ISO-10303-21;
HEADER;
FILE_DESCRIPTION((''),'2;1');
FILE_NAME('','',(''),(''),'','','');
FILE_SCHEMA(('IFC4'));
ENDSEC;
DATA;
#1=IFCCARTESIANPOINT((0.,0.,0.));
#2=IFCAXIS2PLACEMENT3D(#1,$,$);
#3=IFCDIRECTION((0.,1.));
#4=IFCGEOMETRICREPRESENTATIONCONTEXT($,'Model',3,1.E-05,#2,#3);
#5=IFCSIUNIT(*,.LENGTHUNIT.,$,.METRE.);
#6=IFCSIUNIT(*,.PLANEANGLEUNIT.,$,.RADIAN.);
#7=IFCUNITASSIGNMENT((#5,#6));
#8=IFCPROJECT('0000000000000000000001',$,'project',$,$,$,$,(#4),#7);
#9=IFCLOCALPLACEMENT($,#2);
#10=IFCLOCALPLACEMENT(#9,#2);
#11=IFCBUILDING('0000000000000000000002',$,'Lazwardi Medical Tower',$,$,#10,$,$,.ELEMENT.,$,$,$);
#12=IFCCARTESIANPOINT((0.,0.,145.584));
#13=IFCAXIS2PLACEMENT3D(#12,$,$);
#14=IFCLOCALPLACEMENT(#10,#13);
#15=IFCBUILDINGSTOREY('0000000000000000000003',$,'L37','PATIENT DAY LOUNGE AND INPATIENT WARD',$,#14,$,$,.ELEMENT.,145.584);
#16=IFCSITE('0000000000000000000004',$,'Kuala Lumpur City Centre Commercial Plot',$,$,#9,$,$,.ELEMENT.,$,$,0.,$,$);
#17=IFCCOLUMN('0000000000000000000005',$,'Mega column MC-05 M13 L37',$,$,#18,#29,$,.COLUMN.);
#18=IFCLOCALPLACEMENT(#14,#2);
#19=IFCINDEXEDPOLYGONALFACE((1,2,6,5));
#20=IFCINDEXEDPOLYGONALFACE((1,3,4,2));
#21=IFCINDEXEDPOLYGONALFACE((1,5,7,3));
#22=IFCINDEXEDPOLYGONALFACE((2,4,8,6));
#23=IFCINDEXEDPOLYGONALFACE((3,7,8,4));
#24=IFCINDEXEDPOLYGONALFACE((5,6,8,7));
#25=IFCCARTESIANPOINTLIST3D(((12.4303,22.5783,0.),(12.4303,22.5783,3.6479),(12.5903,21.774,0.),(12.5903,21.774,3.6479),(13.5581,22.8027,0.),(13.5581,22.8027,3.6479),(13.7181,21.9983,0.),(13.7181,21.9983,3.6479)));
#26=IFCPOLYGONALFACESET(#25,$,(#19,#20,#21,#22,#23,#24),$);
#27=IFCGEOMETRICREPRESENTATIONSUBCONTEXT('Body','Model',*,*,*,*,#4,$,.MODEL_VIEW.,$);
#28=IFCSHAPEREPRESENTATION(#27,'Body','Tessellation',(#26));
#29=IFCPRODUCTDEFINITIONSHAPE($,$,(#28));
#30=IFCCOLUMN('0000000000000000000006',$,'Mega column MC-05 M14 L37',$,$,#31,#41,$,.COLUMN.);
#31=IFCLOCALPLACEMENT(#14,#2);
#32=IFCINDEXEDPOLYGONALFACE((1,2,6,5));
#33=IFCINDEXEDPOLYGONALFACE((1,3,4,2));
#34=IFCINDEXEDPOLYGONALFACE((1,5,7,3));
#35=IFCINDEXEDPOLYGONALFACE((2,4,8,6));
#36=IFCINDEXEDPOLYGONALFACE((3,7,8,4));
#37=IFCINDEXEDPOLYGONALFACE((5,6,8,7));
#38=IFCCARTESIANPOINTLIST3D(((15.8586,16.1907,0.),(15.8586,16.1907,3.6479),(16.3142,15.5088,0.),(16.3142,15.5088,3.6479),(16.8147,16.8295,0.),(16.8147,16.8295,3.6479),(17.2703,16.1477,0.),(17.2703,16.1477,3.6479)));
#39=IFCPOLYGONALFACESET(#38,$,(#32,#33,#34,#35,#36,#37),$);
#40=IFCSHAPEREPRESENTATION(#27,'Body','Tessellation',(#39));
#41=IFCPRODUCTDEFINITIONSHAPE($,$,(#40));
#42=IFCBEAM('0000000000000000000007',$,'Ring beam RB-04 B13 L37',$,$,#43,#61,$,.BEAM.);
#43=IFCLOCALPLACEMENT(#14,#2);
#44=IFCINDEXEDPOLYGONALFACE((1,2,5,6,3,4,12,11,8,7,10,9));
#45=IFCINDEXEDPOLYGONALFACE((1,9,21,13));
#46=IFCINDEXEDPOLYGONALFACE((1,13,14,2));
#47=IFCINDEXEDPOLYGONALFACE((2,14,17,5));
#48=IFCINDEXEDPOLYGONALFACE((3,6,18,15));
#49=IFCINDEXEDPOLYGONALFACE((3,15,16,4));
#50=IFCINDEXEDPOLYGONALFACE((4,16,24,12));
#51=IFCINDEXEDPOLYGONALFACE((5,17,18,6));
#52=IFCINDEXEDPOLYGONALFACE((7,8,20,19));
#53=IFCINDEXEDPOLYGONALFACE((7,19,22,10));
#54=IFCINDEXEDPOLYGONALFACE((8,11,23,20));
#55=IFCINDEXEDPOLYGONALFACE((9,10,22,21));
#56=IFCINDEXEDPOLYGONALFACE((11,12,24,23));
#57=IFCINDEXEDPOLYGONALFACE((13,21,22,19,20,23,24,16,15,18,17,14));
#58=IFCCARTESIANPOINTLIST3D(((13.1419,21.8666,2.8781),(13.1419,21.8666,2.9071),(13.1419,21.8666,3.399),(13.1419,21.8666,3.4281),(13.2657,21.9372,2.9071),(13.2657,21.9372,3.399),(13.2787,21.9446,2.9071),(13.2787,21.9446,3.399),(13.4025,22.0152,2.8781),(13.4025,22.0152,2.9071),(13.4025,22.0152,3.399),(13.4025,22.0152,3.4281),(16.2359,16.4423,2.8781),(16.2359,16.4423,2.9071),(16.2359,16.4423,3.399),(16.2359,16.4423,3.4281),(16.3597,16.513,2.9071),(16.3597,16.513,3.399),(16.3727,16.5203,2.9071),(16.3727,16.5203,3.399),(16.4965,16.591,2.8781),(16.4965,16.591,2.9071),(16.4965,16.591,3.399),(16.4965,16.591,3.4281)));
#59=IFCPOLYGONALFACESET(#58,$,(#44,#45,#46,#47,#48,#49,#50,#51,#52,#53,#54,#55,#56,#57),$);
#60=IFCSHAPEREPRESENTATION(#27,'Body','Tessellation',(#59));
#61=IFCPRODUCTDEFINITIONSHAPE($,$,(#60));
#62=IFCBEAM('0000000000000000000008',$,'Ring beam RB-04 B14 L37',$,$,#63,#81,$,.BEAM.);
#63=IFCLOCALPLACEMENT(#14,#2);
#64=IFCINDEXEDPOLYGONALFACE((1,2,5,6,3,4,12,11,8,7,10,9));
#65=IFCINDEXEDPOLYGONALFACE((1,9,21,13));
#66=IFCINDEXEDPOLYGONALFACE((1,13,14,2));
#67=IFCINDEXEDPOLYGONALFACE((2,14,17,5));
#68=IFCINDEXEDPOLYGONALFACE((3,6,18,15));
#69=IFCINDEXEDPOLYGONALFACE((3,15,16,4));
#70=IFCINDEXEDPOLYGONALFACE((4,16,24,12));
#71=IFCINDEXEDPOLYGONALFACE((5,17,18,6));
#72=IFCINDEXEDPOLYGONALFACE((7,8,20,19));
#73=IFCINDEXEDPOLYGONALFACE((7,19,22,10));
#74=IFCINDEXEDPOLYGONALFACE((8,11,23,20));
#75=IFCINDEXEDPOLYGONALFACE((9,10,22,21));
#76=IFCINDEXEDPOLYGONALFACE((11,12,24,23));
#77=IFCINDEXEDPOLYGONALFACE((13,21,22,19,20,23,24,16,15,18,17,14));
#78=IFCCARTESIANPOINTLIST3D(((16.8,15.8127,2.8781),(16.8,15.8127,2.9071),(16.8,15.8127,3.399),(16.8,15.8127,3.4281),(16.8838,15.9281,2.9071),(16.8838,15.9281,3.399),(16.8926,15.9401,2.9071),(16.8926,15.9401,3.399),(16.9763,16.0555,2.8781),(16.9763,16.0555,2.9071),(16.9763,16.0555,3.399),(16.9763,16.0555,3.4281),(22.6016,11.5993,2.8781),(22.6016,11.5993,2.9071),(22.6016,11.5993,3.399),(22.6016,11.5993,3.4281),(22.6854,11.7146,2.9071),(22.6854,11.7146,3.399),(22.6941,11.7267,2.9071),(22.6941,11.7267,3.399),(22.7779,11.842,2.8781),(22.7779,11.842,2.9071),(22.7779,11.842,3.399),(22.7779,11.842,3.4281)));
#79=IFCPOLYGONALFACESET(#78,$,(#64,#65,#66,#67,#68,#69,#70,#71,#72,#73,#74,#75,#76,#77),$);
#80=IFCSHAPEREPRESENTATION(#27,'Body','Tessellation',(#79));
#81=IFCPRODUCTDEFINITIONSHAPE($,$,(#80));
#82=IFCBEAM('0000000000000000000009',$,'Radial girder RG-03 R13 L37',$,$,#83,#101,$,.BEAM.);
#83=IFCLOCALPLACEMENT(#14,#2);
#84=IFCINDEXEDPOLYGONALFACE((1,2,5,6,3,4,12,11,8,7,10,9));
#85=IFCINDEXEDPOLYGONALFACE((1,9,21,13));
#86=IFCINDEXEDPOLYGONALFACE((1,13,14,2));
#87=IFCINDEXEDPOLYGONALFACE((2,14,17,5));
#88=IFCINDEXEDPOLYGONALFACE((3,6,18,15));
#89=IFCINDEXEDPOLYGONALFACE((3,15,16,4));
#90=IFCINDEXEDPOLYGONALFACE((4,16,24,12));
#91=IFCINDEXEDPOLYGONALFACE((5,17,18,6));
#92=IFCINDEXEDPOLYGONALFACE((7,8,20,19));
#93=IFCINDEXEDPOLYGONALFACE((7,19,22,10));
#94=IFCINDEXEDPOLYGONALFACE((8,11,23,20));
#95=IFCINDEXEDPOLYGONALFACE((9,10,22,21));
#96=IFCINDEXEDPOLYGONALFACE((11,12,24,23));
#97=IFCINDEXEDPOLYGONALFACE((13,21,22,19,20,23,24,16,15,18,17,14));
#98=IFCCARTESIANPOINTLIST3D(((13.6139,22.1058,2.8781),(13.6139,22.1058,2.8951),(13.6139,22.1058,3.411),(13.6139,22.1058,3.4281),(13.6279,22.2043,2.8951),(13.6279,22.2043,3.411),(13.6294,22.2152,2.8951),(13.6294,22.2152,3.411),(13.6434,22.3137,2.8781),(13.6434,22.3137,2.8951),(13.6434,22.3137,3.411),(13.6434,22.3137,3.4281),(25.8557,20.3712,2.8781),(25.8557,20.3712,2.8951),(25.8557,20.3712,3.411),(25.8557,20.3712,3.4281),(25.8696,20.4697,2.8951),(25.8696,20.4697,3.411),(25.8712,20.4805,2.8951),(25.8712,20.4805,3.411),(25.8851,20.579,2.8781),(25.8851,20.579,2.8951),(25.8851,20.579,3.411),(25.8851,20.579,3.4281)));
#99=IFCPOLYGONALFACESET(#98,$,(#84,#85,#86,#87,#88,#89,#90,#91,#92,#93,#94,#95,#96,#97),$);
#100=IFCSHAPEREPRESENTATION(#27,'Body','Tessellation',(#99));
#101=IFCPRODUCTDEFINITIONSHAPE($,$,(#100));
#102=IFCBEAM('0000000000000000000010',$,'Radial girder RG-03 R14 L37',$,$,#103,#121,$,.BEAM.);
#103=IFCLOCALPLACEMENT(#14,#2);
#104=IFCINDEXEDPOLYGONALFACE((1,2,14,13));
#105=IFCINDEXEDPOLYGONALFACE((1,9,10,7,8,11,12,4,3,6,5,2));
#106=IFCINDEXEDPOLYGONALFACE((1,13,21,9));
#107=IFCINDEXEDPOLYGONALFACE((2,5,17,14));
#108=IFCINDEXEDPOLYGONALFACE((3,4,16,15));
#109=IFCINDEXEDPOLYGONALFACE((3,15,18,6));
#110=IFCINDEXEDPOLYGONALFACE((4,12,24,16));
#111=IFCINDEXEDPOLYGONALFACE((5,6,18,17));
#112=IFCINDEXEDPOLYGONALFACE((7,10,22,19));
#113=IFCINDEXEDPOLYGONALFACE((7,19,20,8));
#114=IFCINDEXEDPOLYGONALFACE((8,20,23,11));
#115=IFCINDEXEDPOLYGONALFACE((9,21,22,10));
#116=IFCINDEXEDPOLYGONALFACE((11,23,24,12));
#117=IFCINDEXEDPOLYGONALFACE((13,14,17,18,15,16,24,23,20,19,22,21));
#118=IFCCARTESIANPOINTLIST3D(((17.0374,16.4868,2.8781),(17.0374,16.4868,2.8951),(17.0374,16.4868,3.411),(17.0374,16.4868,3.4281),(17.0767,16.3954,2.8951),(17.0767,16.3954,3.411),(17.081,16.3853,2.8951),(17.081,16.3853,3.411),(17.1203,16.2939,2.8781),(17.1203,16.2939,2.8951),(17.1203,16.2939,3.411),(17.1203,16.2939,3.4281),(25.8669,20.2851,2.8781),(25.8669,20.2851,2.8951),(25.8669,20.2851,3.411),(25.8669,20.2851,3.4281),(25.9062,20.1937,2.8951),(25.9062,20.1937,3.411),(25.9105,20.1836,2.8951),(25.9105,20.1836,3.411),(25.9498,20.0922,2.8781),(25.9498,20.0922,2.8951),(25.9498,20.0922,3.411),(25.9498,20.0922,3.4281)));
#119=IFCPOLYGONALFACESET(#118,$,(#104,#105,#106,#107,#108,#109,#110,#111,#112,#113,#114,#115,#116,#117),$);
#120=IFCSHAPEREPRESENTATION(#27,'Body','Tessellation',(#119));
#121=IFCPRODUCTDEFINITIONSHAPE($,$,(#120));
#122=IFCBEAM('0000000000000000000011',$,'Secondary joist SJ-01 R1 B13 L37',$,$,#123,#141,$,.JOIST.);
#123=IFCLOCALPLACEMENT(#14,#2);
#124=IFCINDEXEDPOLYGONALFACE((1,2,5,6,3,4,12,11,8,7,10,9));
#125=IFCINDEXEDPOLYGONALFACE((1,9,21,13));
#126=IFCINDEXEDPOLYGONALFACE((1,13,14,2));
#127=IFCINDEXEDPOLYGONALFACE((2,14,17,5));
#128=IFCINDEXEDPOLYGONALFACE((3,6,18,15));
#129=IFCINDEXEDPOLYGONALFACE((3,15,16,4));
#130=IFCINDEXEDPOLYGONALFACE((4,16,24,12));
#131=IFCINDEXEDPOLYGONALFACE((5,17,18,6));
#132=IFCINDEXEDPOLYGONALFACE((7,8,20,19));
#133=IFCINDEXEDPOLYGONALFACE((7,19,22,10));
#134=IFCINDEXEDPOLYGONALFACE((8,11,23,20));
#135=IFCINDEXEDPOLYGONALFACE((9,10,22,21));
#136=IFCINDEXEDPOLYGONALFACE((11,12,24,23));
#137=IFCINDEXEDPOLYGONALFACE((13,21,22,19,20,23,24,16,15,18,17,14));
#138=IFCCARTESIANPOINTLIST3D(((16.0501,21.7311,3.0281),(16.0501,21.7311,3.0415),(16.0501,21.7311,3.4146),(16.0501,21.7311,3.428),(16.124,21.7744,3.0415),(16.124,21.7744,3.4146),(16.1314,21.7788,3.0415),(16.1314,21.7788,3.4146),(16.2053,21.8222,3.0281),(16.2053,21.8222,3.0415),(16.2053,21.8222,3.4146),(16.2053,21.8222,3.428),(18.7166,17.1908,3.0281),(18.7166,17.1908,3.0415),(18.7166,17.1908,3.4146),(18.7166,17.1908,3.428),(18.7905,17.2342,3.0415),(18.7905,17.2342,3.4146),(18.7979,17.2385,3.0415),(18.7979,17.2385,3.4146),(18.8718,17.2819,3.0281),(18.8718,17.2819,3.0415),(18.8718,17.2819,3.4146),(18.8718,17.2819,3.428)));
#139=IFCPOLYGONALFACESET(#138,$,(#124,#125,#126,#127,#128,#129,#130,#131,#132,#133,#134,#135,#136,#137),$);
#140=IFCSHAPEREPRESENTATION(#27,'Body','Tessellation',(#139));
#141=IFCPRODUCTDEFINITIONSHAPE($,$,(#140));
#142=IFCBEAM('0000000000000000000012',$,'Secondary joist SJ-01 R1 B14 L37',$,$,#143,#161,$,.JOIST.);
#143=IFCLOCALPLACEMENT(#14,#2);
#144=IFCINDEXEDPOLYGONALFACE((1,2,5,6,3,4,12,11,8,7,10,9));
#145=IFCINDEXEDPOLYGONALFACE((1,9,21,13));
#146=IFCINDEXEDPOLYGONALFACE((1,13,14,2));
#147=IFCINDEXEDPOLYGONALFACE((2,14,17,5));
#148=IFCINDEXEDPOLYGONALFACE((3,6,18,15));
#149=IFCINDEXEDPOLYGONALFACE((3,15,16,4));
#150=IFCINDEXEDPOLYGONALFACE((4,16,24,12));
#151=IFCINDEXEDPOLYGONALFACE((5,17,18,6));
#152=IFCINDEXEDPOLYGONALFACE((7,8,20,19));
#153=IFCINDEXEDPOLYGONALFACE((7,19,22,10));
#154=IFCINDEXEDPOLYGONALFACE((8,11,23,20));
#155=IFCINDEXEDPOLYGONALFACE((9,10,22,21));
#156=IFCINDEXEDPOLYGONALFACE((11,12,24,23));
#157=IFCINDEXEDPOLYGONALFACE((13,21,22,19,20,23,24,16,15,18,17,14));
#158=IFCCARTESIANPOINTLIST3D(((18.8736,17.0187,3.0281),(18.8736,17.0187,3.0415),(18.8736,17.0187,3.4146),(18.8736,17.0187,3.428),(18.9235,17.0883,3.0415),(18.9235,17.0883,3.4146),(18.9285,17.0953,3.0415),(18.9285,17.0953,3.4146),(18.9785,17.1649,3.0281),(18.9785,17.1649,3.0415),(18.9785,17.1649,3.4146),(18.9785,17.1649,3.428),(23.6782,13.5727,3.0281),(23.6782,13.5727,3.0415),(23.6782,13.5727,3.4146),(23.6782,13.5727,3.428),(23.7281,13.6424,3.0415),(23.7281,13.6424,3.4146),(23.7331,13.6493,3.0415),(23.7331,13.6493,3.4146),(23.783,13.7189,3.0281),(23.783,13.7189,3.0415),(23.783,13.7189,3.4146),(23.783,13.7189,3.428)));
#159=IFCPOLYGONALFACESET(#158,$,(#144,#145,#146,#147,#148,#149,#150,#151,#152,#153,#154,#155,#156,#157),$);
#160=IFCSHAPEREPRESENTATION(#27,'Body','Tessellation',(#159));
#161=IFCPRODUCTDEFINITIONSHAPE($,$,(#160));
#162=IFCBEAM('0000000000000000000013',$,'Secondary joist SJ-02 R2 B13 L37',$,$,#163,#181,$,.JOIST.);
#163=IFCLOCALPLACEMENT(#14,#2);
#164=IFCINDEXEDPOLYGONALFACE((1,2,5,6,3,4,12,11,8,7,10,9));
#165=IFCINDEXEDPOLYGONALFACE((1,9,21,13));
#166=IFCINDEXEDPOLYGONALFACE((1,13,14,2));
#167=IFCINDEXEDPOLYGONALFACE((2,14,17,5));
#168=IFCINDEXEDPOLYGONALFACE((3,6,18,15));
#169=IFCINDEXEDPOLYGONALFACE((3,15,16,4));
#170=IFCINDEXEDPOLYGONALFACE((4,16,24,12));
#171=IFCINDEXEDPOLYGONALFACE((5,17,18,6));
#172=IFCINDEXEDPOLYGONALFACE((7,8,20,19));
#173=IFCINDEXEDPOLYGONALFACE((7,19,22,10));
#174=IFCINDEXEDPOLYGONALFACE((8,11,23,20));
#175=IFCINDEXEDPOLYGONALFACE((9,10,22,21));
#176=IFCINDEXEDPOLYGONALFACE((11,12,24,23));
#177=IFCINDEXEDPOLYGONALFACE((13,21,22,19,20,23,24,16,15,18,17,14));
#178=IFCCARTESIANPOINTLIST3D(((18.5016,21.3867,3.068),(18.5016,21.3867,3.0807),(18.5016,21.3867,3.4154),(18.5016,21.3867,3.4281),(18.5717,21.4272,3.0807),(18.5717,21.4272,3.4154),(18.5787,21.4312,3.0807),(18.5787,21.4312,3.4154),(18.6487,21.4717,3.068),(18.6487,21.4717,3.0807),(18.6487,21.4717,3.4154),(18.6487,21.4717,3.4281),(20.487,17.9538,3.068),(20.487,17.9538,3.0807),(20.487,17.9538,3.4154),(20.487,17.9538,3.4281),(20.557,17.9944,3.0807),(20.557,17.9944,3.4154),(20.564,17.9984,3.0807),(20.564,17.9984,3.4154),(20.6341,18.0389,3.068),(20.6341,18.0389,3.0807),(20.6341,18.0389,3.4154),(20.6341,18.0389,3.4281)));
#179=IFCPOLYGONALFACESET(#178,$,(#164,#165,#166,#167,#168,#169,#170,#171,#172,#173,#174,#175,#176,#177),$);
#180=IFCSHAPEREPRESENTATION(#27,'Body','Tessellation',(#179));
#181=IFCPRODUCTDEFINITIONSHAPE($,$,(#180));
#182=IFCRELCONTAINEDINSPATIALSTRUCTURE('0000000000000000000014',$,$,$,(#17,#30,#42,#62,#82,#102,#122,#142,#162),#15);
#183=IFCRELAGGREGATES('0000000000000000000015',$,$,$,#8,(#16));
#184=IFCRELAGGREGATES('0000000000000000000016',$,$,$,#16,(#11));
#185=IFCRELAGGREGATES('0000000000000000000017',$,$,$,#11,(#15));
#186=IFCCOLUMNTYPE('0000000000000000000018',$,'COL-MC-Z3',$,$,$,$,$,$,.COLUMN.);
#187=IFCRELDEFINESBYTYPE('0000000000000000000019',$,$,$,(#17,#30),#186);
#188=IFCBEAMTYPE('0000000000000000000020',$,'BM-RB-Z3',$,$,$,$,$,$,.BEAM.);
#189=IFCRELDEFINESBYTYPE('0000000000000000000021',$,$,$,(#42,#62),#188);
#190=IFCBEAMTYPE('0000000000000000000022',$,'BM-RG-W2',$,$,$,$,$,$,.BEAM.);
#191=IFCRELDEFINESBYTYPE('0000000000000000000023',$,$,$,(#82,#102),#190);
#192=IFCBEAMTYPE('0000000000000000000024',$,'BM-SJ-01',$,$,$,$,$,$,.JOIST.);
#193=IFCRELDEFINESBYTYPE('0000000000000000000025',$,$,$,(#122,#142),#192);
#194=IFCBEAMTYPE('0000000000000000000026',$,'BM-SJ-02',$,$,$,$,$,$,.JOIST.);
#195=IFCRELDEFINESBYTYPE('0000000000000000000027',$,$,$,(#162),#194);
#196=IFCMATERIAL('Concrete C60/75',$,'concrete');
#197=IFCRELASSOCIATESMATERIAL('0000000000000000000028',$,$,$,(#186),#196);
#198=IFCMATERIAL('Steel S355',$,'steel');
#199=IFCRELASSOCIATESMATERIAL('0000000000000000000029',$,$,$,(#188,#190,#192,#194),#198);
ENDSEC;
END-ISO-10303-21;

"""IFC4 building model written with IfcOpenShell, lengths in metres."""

from ifc_helpers import new_model, si_unit, direction, frame, origin, origin_2d, place, context, subcontext, project, spatial, rectangle, i_section, extrude, material, material_profile, profile_set, type_object, element, save


model = new_model("IFC4")

# Units and contexts
model_context = context("Model", 3, precision=1e-05, world=origin(), true_north=direction((0.0, 1.0)))
body_context = subcontext(model_context, "Body", "Model", "MODEL_VIEW")
ifc_project = project(units=[si_unit("LENGTHUNIT", "METRE"), si_unit("PLANEANGLEUNIT", "RADIAN")], contexts=[model_context])

# Site, building, storey
site_placement = place(None, origin())
site = spatial("IfcSite", under=ifc_project, at=site_placement, Name="Kuala Lumpur City Centre Commercial Plot", CompositionType="ELEMENT", RefElevation=0.0)
building_placement = place(site_placement, origin())
building = spatial("IfcBuilding", under=site, at=building_placement, Name="Lazwardi Medical Tower", CompositionType="ELEMENT")
storey_placement = place(building_placement, frame((0.0, 0.0, 145.584)))
storey = spatial("IfcBuildingStorey", under=building, at=storey_placement, Name="L37", Description="PATIENT DAY LOUNGE AND INPATIENT WARD", CompositionType="ELEMENT", Elevation=145.584)

# Columns
ifc_material_1 = material(Name="Concrete C60/75", Category="concrete")
ifc_material_profile_1 = material_profile(ifc_material_1, rectangle(XDim=1.1499, YDim=0.8201, at=origin_2d()), Name="CFT-RECT 1150x820")
ifc_profile_set_1 = profile_set([ifc_material_profile_1], Name="Concrete C60/75")
column_type = type_object("IfcColumnType", Name="COL-MC-Z3", PredefinedType="COLUMN", material=ifc_profile_set_1)
for number, where, z_axis, x_axis, name in (
    (1, (13.0742, 22.2883, 0.0), (0.0, 0.0, 1.0), (-0.980785, -0.19509, 0.0), "Mega column MC-05 M13 L37"),
    (2, (16.5645, 16.1692, 0.0), (0.0, 0.0, 1.0), (-0.83147, -0.55557, 0.0), "Mega column MC-05 M14 L37"),
):
    element("IfcColumn", number, at=place(storey_placement, frame(where, z_axis=z_axis, x_axis=x_axis)), inside=storey, type_object=column_type, Name=name, PredefinedType="COLUMN", context=body_context, shape_type="SweptSolid", body=[
        extrude(rectangle(XDim=1.1499, YDim=0.8201, at=origin_2d()), origin(), (0.0, 0.0, 1.0), 3.6479),
    ])

# Beams
ifc_material_2 = material(Name="Steel S355", Category="steel")
ifc_material_profile_2 = material_profile(ifc_material_2, i_section(OverallWidth=0.3, OverallDepth=0.55, WebThickness=0.0149, FlangeThickness=0.0291, at=origin_2d()), Name="HEB 550")
ifc_profile_set_2 = profile_set([ifc_material_profile_2], Name="Steel S355")
beam_type_1 = type_object("IfcBeamType", Name="BM-RB-Z3", PredefinedType="BEAM", material=ifc_profile_set_2)
beam_1_placement = place(storey_placement, frame((13.2722, 21.9409, 3.1531), z_axis=(0.495461, -0.86863, 0.0), x_axis=(0.86863, 0.495461, 0.0)))
element("IfcBeam", 3, at=beam_1_placement, inside=storey, type_object=beam_type_1, Name="Ring beam RB-04 B13 L37", PredefinedType="BEAM", context=body_context, shape_type="SweptSolid", body=[
    extrude(i_section(OverallWidth=0.3, OverallDepth=0.55, WebThickness=0.0149, FlangeThickness=0.0291, at=origin_2d()), origin(), (0.0, 0.0, 1.0), 6.2446),
])
beam_2_placement = place(storey_placement, frame((16.8882, 15.9341, 3.1531), z_axis=(0.809128, -0.587633, 0.0), x_axis=(0.587633, 0.809128, 0.0)))
element("IfcBeam", 4, at=beam_2_placement, inside=storey, type_object=beam_type_1, Name="Ring beam RB-04 B14 L37", PredefinedType="BEAM", context=body_context, shape_type="SweptSolid", body=[
    extrude(i_section(OverallWidth=0.3, OverallDepth=0.55, WebThickness=0.0149, FlangeThickness=0.0291, at=origin_2d()), origin(), (0.0, 0.0, 1.0), 7.1702),
])
ifc_material_profile_3 = material_profile(ifc_material_2, i_section(OverallWidth=0.21, OverallDepth=0.55, WebThickness=0.011, FlangeThickness=0.0171, at=origin_2d()), Name="IPE 550")
ifc_profile_set_3 = profile_set([ifc_material_profile_3], Name="Steel S355")
beam_type_2 = type_object("IfcBeamType", Name="BM-RG-W2", PredefinedType="BEAM", material=ifc_profile_set_3)
beam_3_placement = place(storey_placement, frame((13.6287, 22.2097, 3.1531), z_axis=(0.99011, -0.140296, 0.0), x_axis=(0.140296, 0.99011, 0.0)))
element("IfcBeam", 5, at=beam_3_placement, inside=storey, type_object=beam_type_2, Name="Radial girder RG-03 R13 L37", PredefinedType="BEAM", context=body_context, shape_type="SweptSolid", body=[
    extrude(i_section(OverallWidth=0.21, OverallDepth=0.55, WebThickness=0.011, FlangeThickness=0.0171, at=origin_2d()), origin(), (0.0, 0.0, 1.0), 12.364),
])
beam_4_placement = place(storey_placement, frame((17.0789, 16.3904, 3.1531), z_axis=(0.918608, 0.39517, 0.0), x_axis=(-0.39517, 0.918608, 0.0)))
element("IfcBeam", 6, at=beam_4_placement, inside=storey, type_object=beam_type_2, Name="Radial girder RG-03 R14 L37", PredefinedType="BEAM", context=body_context, shape_type="SweptSolid", body=[
    extrude(i_section(OverallWidth=0.21, OverallDepth=0.55, WebThickness=0.011, FlangeThickness=0.0171, at=origin_2d()), origin(), (0.0, 0.0, 1.0), 9.6118),
])
ifc_material_profile_4 = material_profile(ifc_material_2, i_section(OverallWidth=0.1799, OverallDepth=0.3999, WebThickness=0.0085, FlangeThickness=0.0134, at=origin_2d()), Name="IPE 400")
ifc_profile_set_4 = profile_set([ifc_material_profile_4], Name="Steel S355")
beam_type_3 = type_object("IfcBeamType", Name="BM-SJ-01", PredefinedType="JOIST", material=ifc_profile_set_4)
beam_5_placement = place(storey_placement, frame((16.1277, 21.7766, 3.228), z_axis=(0.50642, -0.862287, 0.0), x_axis=(0.862287, 0.50642, 0.0)))
element("IfcBeam", 7, at=beam_5_placement, inside=storey, type_object=beam_type_3, Name="Secondary joist SJ-01 R1 B13 L37", PredefinedType="JOIST", context=body_context, shape_type="SweptSolid", body=[
    extrude(i_section(OverallWidth=0.1799, OverallDepth=0.3999, WebThickness=0.0085, FlangeThickness=0.0134, at=origin_2d()), origin(), (0.0, 0.0, 1.0), 5.2654),
])
beam_6_placement = place(storey_placement, frame((18.926, 17.0918, 3.228), z_axis=(0.812602, -0.582819, 0.0), x_axis=(0.582819, 0.812602, 0.0)))
element("IfcBeam", 8, at=beam_6_placement, inside=storey, type_object=beam_type_3, Name="Secondary joist SJ-01 R1 B14 L37", PredefinedType="JOIST", context=body_context, shape_type="SweptSolid", body=[
    extrude(i_section(OverallWidth=0.1799, OverallDepth=0.3999, WebThickness=0.0085, FlangeThickness=0.0134, at=origin_2d()), origin(), (0.0, 0.0, 1.0), 5.9126),
])
ifc_material_profile_5 = material_profile(ifc_material_2, i_section(OverallWidth=0.1699, OverallDepth=0.3601, WebThickness=0.0081, FlangeThickness=0.0127, at=origin_2d()), Name="IPE 360")
ifc_profile_set_5 = profile_set([ifc_material_profile_5], Name="Steel S355")
beam_type_4 = type_object("IfcBeamType", Name="BM-SJ-02", PredefinedType="JOIST", material=ifc_profile_set_5)
beam_7_placement = place(storey_placement, frame((18.5752, 21.4292, 3.248), z_axis=(0.500641, -0.865655, 0.0), x_axis=(0.865655, 0.500641, 0.0)))
element("IfcBeam", 9, at=beam_7_placement, inside=storey, type_object=beam_type_4, Name="Secondary joist SJ-02 R2 B13 L37", PredefinedType="JOIST", context=body_context, shape_type="SweptSolid", body=[
    extrude(i_section(OverallWidth=0.1699, OverallDepth=0.3601, WebThickness=0.0081, FlangeThickness=0.0127, at=origin_2d()), origin(), (0.0, 0.0, 1.0), 3.9656),
])

save(model, "model.ifc")
